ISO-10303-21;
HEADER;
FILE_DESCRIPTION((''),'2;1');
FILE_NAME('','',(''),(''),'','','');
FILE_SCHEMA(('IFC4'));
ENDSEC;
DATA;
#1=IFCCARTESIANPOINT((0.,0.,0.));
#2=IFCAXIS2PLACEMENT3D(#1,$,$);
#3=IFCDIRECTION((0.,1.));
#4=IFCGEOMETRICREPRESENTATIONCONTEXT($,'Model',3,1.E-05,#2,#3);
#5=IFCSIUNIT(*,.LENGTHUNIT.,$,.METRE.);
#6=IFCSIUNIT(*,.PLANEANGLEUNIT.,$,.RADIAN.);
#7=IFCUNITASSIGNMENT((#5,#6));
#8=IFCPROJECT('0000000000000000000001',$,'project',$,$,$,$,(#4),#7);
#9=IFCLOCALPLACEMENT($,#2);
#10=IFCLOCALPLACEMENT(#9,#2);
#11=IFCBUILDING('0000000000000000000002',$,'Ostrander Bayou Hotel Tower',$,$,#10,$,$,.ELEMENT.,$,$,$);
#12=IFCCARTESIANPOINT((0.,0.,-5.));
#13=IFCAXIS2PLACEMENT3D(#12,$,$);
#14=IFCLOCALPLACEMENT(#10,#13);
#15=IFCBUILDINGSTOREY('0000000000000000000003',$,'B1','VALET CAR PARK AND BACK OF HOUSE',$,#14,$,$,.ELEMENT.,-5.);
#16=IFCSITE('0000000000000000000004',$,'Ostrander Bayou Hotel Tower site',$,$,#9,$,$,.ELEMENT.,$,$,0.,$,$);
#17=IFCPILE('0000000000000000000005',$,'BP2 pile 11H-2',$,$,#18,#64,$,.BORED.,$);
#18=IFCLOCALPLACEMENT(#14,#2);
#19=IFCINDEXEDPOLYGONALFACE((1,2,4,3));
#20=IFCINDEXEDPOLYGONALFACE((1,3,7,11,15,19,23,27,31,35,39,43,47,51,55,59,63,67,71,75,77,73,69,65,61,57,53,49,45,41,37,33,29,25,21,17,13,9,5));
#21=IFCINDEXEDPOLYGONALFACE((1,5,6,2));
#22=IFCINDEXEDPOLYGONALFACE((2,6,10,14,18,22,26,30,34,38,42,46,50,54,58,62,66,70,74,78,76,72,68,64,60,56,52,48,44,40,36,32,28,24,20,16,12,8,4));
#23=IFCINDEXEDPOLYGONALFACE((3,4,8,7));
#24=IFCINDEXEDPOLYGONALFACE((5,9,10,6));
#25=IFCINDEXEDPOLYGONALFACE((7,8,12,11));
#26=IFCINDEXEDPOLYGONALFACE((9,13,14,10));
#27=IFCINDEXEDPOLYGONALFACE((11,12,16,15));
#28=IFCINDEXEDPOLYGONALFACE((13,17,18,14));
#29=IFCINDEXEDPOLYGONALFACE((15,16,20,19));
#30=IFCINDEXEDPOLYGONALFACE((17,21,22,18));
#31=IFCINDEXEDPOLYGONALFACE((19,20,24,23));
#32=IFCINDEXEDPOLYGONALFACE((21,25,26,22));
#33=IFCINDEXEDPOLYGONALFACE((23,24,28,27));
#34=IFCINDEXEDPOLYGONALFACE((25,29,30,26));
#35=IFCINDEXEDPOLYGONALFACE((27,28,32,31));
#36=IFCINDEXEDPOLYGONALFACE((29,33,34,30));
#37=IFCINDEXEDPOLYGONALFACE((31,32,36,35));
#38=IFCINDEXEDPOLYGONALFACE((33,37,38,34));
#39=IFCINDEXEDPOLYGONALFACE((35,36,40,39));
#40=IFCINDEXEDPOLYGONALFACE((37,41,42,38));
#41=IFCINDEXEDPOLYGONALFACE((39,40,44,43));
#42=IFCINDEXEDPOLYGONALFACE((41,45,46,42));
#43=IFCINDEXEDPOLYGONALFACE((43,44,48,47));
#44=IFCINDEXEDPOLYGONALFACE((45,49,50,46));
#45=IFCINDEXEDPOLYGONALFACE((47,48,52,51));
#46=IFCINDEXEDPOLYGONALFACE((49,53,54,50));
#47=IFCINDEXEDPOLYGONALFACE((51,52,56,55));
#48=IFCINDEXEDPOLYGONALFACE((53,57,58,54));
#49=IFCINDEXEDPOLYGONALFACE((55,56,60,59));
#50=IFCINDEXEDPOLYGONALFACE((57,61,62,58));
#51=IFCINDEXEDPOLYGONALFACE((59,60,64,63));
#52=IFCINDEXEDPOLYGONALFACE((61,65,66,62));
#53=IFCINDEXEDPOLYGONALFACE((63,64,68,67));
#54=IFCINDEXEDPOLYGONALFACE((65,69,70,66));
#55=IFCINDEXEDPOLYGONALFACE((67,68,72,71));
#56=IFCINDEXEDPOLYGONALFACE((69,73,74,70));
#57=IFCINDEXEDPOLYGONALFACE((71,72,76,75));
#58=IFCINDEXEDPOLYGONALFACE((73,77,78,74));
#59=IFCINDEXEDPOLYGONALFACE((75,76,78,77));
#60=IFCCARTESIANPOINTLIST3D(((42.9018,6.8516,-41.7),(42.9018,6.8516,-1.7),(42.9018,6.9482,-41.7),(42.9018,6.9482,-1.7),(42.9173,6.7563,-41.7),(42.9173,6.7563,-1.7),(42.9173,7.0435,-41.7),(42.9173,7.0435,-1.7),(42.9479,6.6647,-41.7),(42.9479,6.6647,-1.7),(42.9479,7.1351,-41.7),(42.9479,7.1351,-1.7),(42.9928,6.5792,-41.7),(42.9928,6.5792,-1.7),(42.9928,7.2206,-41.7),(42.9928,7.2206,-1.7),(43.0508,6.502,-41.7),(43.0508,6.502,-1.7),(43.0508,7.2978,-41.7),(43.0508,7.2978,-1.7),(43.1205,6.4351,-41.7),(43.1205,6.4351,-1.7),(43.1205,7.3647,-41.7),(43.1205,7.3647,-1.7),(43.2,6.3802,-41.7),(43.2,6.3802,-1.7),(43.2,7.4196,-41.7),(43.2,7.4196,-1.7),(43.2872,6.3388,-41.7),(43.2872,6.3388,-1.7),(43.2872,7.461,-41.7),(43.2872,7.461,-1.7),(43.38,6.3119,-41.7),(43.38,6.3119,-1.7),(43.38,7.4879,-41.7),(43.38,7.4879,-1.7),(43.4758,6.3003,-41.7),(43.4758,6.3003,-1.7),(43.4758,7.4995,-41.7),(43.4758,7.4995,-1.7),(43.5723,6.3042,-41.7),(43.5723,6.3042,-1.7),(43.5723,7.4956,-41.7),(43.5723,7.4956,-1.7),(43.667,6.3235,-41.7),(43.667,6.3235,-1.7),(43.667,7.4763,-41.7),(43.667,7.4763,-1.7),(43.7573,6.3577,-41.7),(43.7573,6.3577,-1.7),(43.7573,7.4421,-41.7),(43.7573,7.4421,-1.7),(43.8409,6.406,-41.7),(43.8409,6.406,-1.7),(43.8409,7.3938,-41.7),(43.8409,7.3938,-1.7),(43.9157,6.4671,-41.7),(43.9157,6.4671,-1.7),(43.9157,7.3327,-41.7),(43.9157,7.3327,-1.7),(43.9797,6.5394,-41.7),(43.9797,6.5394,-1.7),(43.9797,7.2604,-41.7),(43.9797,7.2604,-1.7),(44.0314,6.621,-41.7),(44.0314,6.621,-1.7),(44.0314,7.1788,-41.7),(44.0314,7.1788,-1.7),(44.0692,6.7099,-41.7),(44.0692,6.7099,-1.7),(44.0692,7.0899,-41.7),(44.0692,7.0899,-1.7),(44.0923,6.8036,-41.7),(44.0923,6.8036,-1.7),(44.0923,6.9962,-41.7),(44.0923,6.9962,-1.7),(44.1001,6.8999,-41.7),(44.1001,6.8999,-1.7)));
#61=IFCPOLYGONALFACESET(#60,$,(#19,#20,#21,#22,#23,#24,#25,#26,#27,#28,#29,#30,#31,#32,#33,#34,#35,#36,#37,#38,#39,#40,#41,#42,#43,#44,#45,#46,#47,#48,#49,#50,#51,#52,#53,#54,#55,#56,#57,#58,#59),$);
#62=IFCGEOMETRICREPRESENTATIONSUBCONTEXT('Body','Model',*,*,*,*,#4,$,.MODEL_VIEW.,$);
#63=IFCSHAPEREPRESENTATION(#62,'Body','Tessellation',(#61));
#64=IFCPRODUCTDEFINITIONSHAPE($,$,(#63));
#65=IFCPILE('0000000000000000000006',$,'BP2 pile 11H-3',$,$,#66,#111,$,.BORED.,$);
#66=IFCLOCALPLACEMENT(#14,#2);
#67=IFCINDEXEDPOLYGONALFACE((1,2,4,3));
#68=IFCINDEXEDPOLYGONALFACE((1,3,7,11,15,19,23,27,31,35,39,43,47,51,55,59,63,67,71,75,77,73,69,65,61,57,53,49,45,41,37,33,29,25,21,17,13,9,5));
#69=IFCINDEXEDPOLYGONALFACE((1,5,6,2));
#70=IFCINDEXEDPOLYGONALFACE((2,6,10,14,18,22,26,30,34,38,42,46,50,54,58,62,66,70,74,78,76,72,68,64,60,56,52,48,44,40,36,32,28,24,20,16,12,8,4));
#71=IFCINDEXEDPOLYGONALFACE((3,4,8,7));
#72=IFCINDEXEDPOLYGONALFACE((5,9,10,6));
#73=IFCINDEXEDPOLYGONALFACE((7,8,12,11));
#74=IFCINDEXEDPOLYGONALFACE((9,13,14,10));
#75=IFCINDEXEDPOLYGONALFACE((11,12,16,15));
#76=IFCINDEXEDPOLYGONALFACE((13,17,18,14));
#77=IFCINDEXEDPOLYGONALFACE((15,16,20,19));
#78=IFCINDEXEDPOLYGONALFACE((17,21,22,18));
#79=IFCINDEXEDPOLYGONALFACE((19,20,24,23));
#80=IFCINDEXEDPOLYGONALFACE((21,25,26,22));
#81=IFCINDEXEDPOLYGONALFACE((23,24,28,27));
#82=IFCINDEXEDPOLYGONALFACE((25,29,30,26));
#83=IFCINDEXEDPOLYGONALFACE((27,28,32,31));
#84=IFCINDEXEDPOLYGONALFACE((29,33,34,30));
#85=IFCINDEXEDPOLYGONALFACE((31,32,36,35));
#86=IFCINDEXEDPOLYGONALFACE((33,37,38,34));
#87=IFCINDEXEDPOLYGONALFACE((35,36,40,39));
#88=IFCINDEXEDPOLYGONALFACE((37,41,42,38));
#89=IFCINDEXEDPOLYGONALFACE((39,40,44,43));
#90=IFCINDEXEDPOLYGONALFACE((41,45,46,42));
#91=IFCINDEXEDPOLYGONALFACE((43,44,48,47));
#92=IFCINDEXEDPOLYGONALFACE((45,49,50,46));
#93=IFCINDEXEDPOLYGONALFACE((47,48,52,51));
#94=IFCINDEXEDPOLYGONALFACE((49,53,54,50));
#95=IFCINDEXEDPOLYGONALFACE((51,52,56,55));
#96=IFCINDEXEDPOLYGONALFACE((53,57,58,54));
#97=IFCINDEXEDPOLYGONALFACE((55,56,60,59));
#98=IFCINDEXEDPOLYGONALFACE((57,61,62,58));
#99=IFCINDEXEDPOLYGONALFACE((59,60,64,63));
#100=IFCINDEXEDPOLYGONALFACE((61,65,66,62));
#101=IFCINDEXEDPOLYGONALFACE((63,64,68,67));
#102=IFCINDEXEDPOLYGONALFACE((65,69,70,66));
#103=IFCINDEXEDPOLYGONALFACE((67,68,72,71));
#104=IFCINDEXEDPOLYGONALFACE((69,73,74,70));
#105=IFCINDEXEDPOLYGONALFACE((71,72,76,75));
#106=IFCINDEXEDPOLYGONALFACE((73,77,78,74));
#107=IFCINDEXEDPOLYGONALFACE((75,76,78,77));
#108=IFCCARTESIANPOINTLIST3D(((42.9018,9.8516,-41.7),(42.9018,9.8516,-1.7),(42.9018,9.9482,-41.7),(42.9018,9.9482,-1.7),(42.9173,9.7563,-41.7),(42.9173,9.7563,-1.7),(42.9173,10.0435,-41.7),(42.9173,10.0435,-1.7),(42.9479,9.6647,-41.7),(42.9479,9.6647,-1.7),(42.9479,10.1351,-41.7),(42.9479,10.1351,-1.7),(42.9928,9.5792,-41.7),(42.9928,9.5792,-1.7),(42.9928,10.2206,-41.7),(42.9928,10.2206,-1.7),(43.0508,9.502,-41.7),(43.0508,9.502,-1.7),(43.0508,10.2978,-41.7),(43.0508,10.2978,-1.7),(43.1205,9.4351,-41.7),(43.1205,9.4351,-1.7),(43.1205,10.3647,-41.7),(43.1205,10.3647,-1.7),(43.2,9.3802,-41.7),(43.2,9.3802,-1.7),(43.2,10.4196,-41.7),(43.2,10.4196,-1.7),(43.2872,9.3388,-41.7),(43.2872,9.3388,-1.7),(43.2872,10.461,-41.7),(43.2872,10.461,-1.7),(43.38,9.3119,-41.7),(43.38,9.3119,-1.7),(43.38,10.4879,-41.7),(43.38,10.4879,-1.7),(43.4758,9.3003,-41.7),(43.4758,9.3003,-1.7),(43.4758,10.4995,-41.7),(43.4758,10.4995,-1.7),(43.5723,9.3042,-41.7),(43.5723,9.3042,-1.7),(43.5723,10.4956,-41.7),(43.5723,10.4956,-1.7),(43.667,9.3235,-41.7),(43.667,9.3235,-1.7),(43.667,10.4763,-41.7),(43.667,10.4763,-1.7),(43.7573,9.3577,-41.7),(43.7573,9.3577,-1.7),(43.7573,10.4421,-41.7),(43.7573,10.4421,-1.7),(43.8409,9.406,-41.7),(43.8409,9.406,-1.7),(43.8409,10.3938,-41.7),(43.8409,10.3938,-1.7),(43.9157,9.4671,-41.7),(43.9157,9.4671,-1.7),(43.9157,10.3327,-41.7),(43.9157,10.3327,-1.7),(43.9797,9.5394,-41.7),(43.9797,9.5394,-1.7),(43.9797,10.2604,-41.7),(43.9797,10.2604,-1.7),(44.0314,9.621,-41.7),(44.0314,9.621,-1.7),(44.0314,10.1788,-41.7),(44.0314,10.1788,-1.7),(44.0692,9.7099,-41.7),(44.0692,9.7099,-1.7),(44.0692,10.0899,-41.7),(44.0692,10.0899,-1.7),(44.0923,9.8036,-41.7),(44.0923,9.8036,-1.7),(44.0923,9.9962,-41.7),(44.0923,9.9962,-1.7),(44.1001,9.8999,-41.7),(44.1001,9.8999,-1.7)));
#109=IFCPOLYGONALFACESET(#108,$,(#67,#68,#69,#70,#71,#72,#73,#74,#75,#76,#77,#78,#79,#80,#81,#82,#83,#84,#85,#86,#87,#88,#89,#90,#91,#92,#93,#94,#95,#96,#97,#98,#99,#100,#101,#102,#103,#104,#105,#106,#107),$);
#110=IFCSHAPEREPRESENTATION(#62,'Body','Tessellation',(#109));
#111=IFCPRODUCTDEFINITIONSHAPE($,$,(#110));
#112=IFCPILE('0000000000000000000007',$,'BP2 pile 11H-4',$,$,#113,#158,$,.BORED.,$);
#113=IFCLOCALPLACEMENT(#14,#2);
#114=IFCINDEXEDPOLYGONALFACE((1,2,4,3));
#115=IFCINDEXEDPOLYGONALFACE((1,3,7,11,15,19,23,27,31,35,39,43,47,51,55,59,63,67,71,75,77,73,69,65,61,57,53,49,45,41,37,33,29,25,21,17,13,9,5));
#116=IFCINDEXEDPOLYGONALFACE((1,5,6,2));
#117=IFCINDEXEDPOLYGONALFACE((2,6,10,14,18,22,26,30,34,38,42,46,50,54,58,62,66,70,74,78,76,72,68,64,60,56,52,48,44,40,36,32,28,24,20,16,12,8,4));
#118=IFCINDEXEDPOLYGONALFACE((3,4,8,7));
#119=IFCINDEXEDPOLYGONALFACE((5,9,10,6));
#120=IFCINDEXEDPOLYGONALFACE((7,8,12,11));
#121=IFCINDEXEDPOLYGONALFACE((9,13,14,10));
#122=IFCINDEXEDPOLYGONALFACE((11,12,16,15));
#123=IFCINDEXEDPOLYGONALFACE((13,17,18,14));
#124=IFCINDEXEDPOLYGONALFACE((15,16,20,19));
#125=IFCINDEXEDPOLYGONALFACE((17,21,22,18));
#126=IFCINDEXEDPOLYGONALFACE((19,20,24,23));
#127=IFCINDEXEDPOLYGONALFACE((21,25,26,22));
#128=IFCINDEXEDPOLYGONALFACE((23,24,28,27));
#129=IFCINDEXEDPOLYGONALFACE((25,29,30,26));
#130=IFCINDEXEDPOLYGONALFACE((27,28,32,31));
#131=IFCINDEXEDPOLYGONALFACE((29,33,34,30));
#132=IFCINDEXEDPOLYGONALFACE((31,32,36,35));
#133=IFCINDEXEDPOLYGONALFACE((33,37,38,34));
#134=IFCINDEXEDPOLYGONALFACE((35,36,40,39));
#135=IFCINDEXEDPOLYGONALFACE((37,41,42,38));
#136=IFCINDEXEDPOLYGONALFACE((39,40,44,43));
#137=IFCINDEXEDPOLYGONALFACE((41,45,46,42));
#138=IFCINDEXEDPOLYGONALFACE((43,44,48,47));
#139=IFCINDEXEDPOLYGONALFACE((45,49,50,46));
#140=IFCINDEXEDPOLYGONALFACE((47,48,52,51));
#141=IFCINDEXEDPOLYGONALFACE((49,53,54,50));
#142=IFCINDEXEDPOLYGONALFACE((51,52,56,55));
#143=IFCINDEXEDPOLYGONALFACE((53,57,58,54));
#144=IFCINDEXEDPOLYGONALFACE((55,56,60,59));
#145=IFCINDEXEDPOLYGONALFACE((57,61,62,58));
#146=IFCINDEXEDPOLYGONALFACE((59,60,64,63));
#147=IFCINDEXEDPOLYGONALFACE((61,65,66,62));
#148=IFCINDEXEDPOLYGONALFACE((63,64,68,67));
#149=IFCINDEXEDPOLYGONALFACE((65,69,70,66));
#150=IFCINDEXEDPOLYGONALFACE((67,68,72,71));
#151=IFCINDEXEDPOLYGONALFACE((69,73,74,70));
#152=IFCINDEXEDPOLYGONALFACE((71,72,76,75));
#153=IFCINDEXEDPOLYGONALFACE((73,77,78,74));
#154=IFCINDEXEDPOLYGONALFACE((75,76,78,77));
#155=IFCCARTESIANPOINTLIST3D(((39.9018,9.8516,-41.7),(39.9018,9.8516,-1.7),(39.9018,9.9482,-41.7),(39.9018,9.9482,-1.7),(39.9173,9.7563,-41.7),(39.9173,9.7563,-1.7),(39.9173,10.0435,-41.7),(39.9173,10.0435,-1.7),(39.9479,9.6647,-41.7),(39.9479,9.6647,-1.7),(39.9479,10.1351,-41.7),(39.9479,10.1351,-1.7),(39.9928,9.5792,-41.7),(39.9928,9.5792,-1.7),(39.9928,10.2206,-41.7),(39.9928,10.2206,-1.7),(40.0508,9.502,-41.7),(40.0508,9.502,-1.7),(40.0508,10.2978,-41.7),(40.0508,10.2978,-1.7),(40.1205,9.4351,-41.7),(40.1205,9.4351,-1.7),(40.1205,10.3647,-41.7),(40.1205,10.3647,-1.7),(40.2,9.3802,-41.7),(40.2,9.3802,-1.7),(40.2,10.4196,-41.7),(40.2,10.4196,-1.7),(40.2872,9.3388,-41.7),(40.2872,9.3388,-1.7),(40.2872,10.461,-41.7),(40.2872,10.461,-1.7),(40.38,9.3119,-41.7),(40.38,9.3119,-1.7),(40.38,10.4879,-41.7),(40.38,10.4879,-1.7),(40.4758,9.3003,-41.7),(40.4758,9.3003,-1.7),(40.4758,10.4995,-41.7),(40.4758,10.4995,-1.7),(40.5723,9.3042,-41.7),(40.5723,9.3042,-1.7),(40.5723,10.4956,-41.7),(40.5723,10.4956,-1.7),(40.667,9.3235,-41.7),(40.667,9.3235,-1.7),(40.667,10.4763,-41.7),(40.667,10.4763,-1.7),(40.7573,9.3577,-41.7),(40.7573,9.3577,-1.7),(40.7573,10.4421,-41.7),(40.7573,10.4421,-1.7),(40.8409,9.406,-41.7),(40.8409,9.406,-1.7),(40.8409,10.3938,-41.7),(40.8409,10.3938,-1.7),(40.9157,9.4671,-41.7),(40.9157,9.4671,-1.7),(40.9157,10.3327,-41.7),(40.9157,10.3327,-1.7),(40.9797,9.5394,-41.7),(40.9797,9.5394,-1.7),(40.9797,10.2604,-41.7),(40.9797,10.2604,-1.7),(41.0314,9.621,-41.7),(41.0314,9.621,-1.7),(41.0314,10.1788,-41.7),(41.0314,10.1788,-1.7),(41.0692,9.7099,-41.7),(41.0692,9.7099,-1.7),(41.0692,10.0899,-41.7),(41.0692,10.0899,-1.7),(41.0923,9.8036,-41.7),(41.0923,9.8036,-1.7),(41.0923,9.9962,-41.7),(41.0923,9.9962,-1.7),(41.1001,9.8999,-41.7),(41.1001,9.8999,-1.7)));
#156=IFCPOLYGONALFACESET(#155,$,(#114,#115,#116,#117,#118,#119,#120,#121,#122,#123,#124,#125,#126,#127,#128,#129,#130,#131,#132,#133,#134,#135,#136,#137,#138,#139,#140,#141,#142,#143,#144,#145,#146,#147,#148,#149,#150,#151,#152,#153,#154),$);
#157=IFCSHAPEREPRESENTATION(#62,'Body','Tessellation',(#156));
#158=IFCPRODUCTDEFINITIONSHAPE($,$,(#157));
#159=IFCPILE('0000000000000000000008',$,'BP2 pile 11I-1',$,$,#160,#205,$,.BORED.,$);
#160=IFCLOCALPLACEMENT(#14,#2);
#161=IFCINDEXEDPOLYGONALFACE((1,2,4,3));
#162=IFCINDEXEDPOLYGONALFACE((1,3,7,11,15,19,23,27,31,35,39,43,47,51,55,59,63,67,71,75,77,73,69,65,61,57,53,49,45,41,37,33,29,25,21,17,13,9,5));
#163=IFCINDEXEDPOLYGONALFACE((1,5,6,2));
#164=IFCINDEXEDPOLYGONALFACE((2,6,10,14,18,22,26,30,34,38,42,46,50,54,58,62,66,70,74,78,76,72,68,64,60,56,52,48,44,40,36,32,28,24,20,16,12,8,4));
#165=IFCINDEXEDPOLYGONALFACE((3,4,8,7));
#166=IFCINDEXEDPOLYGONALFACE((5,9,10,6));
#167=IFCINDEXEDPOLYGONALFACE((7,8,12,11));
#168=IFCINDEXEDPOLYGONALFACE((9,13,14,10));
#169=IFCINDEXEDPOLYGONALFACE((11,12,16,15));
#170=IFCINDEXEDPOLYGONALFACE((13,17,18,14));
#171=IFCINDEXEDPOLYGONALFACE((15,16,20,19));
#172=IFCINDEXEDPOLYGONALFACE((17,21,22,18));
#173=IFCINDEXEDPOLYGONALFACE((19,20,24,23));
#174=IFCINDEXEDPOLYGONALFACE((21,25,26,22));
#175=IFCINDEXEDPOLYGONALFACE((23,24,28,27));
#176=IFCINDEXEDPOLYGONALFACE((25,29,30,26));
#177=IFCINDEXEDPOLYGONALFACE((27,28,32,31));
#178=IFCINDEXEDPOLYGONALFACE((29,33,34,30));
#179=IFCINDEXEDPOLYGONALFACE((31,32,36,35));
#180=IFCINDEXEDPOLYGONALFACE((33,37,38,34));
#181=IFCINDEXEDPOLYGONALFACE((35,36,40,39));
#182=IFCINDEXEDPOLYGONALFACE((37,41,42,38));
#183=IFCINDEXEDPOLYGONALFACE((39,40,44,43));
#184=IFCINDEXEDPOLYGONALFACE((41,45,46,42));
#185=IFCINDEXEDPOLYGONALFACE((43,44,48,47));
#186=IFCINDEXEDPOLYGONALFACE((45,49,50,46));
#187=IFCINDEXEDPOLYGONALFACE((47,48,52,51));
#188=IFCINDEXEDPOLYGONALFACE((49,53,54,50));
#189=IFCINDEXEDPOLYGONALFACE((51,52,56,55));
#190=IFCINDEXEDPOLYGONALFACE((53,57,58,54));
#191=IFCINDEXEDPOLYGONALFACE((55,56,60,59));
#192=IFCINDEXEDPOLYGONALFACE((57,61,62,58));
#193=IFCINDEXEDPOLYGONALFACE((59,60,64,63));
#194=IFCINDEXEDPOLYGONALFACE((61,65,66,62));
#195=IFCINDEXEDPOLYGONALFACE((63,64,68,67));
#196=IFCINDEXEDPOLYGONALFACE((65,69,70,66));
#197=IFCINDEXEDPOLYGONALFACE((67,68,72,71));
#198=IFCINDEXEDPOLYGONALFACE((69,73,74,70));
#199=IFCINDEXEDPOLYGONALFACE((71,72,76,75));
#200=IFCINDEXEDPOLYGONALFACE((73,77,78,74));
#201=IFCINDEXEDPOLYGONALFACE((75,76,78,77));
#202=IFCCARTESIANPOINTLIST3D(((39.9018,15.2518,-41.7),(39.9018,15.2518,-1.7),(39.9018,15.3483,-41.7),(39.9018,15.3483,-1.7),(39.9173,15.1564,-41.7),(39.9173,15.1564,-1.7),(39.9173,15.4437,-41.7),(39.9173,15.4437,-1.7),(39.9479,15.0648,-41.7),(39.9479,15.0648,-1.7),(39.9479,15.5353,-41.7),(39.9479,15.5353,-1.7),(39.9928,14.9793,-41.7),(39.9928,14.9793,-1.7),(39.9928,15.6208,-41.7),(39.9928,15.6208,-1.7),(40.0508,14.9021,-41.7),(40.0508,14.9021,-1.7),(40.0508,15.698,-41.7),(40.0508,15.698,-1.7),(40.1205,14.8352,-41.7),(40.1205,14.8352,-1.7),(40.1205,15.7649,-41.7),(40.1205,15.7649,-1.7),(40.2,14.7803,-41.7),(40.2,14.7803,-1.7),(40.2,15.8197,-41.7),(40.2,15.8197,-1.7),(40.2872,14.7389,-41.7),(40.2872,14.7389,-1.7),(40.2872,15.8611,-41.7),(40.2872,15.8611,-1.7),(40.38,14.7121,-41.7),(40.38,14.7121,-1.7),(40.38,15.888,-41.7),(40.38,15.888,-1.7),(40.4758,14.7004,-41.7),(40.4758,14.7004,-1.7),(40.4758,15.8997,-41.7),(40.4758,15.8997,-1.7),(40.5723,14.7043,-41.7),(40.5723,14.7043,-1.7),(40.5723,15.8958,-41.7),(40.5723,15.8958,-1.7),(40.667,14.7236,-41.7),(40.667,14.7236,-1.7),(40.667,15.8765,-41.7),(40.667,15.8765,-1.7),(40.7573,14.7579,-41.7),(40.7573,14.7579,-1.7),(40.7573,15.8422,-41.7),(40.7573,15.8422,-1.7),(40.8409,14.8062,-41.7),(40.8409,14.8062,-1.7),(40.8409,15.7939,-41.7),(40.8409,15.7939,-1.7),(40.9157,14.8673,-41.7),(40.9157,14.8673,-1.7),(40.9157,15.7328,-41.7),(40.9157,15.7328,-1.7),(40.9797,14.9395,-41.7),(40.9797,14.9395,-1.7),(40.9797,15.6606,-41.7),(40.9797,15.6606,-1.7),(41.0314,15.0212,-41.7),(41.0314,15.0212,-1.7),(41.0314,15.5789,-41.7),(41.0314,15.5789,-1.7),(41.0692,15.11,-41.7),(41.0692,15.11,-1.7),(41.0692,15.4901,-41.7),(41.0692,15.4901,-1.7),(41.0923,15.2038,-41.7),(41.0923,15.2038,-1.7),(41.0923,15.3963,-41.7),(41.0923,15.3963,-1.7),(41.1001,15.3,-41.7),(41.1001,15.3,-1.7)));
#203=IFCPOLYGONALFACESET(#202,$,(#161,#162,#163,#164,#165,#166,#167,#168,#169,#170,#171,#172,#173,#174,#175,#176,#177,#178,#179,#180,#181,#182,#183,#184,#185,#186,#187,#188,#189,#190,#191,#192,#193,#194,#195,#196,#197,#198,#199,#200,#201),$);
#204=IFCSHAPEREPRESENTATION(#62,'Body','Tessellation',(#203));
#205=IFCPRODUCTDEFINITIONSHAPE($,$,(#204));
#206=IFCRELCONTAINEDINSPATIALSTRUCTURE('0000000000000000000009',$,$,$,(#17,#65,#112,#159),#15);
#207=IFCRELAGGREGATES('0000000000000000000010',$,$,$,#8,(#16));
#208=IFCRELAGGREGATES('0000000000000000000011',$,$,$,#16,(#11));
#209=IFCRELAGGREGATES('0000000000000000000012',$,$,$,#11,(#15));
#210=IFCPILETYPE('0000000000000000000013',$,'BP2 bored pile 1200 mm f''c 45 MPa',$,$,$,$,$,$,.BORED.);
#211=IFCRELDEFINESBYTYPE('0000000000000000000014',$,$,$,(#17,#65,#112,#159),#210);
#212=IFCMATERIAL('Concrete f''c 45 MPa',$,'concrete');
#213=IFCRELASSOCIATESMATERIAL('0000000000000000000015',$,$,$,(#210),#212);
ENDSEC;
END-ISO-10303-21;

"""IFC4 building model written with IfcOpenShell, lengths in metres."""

from ifc_helpers import new_model, si_unit, direction, frame, origin, origin_2d, place, context, subcontext, project, spatial, circle, extrude, material, material_profile, profile_set, type_object, element, save


model = new_model("IFC4")

# Units and contexts
model_context = context("Model", 3, precision=1e-05, world=origin(), true_north=direction((0.0, 1.0)))
body_context = subcontext(model_context, "Body", "Model", "MODEL_VIEW")
ifc_project = project(units=[si_unit("LENGTHUNIT", "METRE"), si_unit("PLANEANGLEUNIT", "RADIAN")], contexts=[model_context])

# Site, building, storey
site_placement = place(None, origin())
site = spatial("IfcSite", under=ifc_project, at=site_placement, Name="Ostrander Bayou Hotel Tower site", CompositionType="ELEMENT", RefElevation=0.0)
building_placement = place(site_placement, origin())
building = spatial("IfcBuilding", under=site, at=building_placement, Name="Ostrander Bayou Hotel Tower", CompositionType="ELEMENT")
storey_placement = place(building_placement, frame((0.0, 0.0, -5.0)))
storey = spatial("IfcBuildingStorey", under=building, at=storey_placement, Name="B1", Description="VALET CAR PARK AND BACK OF HOUSE", CompositionType="ELEMENT", Elevation=-5.0)

# Piles
ifc_material_1 = material(Name="Concrete f'c 45 MPa", Category="concrete")
ifc_material_profile_1 = material_profile(ifc_material_1, circle(Radius=0.6001, at=origin_2d()))
ifc_profile_set_1 = profile_set([ifc_material_profile_1], Name="Concrete f'c 45 MPa")
pile_type_1 = type_object("IfcPileType", Name="BP2 bored pile 1200 mm f'c 45 MPa", PredefinedType="BORED", material=ifc_profile_set_1)
for number, where, z_axis, x_axis, name in (
    (1, (43.5, 6.8999, -1.7), (0.0, 0.0, -1.0), (1.0, 0.0, 0.0), "BP2 pile 11H-2"),
    (2, (43.5, 9.8999, -1.7), (0.0, 0.0, -1.0), (1.0, 0.0, 0.0), "BP2 pile 11H-3"),
    (3, (40.5, 9.8999, -1.7), (0.0, 0.0, -1.0), (1.0, 0.0, 0.0), "BP2 pile 11H-4"),
    (4, (40.5, 15.3, -1.7), (0.0, 0.0, -1.0), (1.0, 0.0, 0.0), "BP2 pile 11I-1"),
):
    element("IfcPile", number, at=place(storey_placement, frame(where, z_axis=z_axis, x_axis=x_axis)), inside=storey, type_object=pile_type_1, Name=name, PredefinedType="BORED", context=body_context, shape_type="SweptSolid", body=[
        extrude(circle(Radius=0.6001, at=origin_2d()), origin(), (0.0, 0.0, 1.0), 40.0),
    ])

save(model, "model.ifc")
